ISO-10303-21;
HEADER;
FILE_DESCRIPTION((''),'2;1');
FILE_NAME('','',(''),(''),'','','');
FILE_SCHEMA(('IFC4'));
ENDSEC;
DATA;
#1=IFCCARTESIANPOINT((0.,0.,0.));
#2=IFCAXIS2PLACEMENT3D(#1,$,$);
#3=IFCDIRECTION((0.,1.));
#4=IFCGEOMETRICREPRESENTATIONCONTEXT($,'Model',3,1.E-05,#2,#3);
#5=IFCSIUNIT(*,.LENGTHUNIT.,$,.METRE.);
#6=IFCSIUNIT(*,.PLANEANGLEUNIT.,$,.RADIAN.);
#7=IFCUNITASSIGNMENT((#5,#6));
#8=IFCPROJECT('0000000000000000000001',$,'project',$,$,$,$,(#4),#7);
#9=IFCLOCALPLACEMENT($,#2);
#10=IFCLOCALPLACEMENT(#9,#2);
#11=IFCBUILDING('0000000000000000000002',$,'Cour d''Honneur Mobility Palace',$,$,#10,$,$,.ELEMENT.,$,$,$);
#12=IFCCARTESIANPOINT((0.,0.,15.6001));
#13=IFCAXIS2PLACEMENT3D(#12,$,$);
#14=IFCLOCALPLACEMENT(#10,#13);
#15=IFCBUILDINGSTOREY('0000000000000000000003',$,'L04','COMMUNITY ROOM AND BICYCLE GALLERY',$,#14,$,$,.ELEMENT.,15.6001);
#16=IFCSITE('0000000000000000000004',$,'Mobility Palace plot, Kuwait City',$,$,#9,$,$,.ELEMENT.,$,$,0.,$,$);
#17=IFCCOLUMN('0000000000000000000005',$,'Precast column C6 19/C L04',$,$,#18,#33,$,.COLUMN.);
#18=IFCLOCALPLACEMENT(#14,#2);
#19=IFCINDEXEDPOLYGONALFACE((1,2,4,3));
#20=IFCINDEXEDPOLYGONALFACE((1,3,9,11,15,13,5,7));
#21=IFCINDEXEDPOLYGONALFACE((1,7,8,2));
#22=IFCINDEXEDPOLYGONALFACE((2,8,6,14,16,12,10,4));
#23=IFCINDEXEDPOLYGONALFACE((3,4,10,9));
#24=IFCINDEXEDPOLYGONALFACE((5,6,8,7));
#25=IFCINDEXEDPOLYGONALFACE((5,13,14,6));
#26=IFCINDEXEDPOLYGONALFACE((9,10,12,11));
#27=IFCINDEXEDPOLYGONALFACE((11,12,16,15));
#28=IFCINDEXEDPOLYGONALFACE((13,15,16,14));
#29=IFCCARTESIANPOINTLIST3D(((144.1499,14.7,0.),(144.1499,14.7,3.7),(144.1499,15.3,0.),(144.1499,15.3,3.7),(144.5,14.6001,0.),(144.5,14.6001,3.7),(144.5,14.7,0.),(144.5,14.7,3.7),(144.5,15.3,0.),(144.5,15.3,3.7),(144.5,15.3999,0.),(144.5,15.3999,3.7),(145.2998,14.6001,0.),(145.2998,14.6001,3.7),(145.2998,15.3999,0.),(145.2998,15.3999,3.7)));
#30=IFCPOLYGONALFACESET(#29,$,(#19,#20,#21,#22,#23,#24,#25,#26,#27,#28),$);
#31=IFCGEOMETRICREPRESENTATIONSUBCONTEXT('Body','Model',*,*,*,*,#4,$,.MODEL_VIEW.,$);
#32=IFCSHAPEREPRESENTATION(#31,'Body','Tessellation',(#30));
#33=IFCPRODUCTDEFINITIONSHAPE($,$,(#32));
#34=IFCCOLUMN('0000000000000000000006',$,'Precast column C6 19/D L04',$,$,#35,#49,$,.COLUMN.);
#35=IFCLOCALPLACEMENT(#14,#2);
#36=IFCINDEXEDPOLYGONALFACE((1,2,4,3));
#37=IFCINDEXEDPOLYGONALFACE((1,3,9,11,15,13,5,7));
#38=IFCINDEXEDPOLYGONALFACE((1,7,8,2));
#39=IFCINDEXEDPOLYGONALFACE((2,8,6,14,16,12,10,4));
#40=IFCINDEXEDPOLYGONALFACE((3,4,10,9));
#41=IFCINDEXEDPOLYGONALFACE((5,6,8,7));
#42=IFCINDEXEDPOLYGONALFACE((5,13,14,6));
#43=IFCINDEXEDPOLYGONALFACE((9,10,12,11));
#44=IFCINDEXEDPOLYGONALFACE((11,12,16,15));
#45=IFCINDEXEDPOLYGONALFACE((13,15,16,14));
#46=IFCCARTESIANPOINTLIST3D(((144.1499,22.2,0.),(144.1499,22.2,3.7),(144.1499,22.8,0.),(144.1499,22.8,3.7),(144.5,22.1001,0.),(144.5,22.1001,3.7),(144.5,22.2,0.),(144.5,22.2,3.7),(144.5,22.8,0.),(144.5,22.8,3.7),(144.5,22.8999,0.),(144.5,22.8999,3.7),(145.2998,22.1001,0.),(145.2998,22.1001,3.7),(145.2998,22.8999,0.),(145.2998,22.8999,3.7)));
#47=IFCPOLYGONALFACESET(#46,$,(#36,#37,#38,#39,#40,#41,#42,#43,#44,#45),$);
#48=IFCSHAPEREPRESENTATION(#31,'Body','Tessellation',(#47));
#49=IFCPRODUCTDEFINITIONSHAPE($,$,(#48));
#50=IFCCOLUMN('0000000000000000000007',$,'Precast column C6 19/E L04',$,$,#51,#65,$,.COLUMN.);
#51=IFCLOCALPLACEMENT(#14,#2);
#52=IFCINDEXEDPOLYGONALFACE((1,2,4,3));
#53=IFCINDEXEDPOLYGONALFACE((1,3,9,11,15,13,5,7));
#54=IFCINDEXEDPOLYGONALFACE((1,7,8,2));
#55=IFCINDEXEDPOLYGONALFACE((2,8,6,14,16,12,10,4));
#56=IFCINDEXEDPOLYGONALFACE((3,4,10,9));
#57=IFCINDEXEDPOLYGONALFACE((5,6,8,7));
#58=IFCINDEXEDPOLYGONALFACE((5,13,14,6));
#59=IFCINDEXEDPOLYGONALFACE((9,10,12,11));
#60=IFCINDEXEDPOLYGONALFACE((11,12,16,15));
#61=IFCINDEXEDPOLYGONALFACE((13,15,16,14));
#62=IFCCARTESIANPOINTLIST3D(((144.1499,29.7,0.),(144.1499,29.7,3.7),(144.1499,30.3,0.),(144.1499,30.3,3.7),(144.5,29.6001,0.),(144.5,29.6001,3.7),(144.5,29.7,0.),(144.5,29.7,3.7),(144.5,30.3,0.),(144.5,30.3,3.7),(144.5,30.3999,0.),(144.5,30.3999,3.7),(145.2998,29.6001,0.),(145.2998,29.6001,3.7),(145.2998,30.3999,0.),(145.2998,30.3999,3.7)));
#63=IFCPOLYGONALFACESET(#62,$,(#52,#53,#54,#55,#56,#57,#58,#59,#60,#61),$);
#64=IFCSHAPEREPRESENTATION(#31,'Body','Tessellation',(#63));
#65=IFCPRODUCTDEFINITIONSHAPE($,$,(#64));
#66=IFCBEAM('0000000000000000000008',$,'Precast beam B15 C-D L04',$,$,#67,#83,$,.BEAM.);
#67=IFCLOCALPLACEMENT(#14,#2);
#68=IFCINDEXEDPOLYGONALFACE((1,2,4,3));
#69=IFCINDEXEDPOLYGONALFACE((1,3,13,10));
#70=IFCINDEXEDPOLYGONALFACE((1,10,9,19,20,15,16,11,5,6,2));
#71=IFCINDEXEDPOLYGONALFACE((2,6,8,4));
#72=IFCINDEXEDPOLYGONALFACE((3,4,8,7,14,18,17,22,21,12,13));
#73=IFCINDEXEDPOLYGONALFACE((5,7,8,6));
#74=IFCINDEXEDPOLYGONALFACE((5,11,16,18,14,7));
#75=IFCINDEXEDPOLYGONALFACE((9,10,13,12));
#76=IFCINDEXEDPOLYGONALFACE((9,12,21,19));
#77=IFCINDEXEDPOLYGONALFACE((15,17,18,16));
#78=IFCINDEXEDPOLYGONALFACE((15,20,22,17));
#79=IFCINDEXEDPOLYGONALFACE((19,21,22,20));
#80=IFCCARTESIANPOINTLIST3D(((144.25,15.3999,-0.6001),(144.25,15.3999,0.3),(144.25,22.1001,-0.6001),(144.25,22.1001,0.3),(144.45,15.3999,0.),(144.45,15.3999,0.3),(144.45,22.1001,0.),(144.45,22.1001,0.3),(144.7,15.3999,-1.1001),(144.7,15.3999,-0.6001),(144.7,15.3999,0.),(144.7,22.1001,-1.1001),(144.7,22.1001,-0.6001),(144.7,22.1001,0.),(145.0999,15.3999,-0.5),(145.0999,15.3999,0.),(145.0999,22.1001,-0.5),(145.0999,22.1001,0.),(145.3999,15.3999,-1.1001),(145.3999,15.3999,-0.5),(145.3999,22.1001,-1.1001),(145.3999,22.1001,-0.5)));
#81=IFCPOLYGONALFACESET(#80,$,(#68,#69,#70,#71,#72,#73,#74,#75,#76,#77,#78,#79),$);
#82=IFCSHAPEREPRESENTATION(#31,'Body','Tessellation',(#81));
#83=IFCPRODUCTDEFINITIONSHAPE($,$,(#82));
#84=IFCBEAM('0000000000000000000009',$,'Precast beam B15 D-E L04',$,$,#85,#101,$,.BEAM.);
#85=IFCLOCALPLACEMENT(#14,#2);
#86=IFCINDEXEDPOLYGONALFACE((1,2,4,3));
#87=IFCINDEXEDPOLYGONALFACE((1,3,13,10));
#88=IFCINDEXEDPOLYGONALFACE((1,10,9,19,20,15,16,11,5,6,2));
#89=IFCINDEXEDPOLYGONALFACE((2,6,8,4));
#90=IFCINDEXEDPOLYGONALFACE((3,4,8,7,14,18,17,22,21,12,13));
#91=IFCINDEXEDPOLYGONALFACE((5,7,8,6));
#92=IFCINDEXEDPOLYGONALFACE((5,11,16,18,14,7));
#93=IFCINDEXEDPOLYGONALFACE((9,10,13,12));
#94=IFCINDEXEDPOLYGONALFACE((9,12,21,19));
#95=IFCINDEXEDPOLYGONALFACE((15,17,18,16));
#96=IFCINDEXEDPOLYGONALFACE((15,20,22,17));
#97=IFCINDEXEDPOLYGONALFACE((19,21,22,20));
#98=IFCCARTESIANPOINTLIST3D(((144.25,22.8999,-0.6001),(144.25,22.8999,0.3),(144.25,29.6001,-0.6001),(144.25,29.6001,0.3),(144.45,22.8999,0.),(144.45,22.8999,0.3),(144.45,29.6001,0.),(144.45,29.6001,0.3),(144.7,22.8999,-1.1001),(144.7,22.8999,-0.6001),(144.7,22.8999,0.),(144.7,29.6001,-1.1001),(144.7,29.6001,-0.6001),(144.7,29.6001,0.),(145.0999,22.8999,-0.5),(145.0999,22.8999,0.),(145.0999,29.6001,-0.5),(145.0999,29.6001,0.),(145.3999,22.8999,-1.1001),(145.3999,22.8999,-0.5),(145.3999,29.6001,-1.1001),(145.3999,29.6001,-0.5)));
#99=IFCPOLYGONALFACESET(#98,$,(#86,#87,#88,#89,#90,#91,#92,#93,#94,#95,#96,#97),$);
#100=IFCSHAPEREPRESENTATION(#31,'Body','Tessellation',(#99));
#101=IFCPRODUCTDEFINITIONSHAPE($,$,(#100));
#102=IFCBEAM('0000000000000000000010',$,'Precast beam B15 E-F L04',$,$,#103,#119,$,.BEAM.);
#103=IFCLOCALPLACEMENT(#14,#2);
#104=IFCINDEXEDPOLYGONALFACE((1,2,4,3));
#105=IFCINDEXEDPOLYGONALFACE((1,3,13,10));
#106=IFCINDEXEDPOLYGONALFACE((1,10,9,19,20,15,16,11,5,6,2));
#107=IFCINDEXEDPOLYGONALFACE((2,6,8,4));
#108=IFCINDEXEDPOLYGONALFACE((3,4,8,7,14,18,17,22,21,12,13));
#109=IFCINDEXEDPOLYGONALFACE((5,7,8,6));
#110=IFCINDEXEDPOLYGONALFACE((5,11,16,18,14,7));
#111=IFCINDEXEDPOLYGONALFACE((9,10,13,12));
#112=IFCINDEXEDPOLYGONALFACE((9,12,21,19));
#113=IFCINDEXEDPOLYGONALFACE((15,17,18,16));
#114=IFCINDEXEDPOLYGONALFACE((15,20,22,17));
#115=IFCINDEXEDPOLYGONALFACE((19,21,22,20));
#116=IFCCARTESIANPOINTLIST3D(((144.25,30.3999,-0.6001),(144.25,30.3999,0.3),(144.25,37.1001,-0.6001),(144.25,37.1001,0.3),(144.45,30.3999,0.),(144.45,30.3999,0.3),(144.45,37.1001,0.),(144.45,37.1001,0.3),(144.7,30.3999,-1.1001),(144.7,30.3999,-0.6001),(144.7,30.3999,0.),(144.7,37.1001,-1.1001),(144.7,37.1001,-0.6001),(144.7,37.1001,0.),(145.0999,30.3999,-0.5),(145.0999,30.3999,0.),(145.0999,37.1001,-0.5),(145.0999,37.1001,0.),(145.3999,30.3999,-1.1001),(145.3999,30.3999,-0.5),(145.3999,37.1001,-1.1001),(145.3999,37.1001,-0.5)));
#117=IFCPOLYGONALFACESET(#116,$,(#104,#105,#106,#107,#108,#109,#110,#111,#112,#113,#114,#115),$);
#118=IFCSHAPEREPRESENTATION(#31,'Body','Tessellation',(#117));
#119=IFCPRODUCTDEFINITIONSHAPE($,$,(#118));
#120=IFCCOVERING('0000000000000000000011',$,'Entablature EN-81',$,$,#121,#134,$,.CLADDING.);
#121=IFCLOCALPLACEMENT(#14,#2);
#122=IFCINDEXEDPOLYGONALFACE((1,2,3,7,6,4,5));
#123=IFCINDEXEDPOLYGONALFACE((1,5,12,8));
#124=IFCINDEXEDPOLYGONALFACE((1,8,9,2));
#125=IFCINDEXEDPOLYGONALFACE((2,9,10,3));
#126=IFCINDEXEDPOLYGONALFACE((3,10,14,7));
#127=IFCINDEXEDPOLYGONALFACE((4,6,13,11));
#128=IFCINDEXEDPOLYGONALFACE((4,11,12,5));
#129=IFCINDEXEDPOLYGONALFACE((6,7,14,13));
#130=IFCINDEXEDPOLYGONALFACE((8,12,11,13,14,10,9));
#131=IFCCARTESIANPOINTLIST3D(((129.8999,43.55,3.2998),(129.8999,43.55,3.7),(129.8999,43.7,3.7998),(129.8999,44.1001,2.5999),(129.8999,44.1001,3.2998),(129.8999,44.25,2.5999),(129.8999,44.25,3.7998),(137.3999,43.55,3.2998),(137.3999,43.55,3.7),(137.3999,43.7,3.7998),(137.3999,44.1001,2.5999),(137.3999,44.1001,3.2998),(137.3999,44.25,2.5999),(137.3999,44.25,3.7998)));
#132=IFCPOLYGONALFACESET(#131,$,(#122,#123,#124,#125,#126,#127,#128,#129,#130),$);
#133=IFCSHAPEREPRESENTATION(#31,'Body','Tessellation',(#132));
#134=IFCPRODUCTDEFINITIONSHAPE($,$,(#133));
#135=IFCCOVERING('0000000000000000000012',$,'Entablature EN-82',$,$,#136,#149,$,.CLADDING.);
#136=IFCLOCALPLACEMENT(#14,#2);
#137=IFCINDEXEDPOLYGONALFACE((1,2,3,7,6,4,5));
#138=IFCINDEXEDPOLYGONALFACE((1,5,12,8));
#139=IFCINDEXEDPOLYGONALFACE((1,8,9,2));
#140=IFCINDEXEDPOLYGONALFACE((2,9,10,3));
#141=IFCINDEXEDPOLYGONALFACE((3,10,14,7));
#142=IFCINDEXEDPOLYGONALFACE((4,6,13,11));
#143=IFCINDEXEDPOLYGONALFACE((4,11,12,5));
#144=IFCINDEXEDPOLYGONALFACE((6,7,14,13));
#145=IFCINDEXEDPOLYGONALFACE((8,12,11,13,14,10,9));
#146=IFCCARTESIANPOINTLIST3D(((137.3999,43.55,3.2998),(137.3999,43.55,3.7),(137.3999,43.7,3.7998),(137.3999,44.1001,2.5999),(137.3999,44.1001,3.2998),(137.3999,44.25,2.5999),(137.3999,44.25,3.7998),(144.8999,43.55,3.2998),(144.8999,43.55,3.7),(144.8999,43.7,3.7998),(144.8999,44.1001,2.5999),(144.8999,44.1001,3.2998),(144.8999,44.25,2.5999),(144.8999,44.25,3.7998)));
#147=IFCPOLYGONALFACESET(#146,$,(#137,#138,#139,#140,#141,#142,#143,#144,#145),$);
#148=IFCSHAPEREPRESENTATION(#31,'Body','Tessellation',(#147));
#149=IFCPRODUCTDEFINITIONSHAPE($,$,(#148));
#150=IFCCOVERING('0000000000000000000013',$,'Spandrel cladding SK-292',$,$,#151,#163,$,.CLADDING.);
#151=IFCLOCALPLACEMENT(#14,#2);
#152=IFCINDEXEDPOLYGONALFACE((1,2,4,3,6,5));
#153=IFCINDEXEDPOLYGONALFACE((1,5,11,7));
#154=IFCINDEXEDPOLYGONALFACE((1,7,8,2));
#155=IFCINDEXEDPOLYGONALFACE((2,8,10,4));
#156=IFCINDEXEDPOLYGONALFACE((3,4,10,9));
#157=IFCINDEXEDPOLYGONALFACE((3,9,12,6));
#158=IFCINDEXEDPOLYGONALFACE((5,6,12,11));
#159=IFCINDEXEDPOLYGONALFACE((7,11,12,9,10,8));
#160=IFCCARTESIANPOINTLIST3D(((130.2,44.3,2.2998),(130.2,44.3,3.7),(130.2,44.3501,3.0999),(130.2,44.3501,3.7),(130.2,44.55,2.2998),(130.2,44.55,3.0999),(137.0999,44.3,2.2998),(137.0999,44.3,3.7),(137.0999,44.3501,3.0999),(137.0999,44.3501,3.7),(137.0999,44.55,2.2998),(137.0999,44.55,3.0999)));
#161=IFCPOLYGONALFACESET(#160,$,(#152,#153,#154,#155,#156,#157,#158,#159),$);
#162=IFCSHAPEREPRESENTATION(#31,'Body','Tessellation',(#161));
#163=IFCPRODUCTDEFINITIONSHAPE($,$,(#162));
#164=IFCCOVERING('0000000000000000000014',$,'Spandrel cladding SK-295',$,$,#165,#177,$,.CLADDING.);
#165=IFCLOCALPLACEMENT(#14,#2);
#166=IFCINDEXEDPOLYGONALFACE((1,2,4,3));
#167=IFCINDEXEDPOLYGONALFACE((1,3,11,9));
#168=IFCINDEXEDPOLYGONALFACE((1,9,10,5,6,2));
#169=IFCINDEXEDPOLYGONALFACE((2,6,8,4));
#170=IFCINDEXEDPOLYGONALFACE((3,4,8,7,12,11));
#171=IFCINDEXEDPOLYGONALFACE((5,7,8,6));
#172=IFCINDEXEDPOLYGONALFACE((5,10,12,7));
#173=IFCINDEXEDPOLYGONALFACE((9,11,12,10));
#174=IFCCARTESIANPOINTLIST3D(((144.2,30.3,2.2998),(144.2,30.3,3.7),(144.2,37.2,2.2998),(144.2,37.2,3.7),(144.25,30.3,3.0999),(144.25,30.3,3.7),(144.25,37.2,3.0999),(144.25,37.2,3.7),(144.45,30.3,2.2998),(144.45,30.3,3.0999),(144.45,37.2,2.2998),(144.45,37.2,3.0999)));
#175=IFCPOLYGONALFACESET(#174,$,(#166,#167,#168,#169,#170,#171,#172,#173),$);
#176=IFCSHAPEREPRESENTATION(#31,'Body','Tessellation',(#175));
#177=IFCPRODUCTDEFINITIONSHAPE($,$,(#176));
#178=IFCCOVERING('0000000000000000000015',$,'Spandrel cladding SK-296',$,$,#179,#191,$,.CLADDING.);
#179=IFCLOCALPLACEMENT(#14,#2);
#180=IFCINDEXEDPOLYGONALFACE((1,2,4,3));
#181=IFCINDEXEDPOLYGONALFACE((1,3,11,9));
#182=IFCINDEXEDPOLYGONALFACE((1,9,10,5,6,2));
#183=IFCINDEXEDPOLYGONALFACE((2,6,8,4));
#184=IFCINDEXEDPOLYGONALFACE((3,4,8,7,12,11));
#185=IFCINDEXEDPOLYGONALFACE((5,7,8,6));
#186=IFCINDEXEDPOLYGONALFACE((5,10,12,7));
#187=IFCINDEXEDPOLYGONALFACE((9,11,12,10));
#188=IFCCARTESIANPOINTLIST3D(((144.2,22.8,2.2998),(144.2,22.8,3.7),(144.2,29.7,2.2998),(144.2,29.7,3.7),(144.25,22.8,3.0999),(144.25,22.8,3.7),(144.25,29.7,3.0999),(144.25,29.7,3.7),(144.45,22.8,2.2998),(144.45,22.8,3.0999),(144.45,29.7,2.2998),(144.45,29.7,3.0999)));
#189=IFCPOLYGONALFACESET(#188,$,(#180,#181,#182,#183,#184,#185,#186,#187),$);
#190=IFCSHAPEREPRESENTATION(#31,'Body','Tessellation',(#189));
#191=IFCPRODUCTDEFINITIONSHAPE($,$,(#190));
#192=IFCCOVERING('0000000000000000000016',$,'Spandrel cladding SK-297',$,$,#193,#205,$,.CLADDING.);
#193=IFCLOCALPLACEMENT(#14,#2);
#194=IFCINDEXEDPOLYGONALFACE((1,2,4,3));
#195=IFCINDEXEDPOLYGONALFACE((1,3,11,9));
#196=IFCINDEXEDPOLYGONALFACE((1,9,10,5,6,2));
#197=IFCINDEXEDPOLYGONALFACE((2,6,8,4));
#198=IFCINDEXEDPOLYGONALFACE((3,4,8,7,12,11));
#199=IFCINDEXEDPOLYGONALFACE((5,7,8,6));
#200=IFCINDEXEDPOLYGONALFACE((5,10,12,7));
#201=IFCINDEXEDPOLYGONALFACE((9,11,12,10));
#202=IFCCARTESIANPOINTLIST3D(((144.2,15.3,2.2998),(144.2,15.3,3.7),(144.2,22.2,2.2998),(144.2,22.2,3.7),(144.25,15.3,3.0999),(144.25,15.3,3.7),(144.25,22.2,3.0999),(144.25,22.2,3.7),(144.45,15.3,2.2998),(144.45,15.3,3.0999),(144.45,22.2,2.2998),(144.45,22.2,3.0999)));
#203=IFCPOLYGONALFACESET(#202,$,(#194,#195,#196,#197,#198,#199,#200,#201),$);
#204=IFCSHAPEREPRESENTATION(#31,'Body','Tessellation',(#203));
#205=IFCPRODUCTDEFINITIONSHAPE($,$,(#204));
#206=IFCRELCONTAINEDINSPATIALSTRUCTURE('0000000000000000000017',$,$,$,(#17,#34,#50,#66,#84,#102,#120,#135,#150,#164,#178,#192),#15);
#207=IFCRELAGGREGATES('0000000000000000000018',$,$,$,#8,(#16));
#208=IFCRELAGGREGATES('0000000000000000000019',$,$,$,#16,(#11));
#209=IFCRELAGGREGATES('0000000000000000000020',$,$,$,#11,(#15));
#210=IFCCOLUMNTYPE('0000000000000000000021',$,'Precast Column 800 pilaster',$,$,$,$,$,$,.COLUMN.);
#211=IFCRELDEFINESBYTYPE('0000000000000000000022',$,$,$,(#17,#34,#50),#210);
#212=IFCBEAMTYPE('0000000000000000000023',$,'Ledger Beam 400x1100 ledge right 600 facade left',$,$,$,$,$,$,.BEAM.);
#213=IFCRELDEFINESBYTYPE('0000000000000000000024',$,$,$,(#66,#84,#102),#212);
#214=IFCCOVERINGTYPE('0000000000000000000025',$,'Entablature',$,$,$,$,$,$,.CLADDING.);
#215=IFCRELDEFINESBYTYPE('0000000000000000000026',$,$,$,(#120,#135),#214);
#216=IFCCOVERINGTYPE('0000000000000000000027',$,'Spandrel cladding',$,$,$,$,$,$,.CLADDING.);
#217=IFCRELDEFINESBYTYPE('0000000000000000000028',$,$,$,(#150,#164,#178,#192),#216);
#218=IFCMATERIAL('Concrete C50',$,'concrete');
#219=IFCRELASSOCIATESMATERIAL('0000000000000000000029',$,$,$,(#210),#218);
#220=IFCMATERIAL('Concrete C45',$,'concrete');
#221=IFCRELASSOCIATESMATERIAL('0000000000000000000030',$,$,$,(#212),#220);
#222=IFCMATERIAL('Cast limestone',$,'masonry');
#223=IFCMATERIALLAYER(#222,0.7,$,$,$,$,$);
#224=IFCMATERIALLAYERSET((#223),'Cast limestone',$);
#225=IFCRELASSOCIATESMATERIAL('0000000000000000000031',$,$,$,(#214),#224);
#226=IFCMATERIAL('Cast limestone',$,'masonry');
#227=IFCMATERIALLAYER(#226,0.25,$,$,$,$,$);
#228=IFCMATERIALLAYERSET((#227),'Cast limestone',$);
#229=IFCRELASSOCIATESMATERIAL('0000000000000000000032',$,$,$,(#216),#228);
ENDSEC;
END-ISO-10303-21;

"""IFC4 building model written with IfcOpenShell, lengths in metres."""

from ifc_helpers import new_model, si_unit, direction, frame, origin, place, context, subcontext, project, spatial, polyline, outline, extrude, material, layer, layer_set, material_profile, profile_set, type_object, element, save


model = new_model("IFC4")

# Units and contexts
model_context = context("Model", 3, precision=1e-05, world=origin(), true_north=direction((0.0, 1.0)))
body_context = subcontext(model_context, "Body", "Model", "MODEL_VIEW")
ifc_project = project(units=[si_unit("LENGTHUNIT", "METRE"), si_unit("PLANEANGLEUNIT", "RADIAN")], contexts=[model_context])

# Site, building, storey
site_placement = place(None, origin())
site = spatial("IfcSite", under=ifc_project, at=site_placement, Name="Mobility Palace plot, Kuwait City", CompositionType="ELEMENT", RefElevation=0.0)
building_placement = place(site_placement, origin())
building = spatial("IfcBuilding", under=site, at=building_placement, Name="Cour d'Honneur Mobility Palace", CompositionType="ELEMENT")
storey_placement = place(building_placement, frame((0.0, 0.0, 15.6001)))
storey = spatial("IfcBuildingStorey", under=building, at=storey_placement, Name="L04", Description="COMMUNITY ROOM AND BICYCLE GALLERY", CompositionType="ELEMENT", Elevation=15.6001)

# Columns
ifc_material_1 = material(Name="Concrete C50", Category="concrete")
ifc_material_profile_1 = material_profile(ifc_material_1, outline(polyline([(-0.3999, -0.3999), (0.3999, -0.3999), (0.3999, -0.3), (0.75, -0.3), (0.75, 0.3), (0.3999, 0.3), (0.3999, 0.3999), (-0.3999, 0.3999), (-0.3999, -0.3999)])), Name="PC C800 pilaster")
ifc_profile_set_1 = profile_set([ifc_material_profile_1], Name="Concrete C50")
column_type = type_object("IfcColumnType", Name="Precast Column 800 pilaster", PredefinedType="COLUMN", material=ifc_profile_set_1)
for number, where, z_axis, x_axis, name in (
    (1, (144.8999, 15.0, 0.0), (0.0, 0.0, 1.0), (-1.0, 0.0, 0.0), "Precast column C6 19/C L04"),
    (2, (144.8999, 22.5, 0.0), (0.0, 0.0, 1.0), (-1.0, 0.0, 0.0), "Precast column C6 19/D L04"),
    (3, (144.8999, 30.0, 0.0), (0.0, 0.0, 1.0), (-1.0, 0.0, 0.0), "Precast column C6 19/E L04"),
):
    element("IfcColumn", number, at=place(storey_placement, frame(where, z_axis=z_axis, x_axis=x_axis)), inside=storey, type_object=column_type, Name=name, PredefinedType="COLUMN", context=body_context, shape_type="SweptSolid", body=[
        extrude(outline(polyline([(-0.3999, -0.3999), (0.3999, -0.3999), (0.3999, -0.3), (0.75, -0.3), (0.75, 0.3), (0.3999, 0.3), (0.3999, 0.3999), (-0.3999, 0.3999), (-0.3999, -0.3999)])), origin(), (0.0, 0.0, 1.0), 3.7),
    ])

# Beams
ifc_material_2 = material(Name="Concrete C45", Category="concrete")
ifc_material_profile_2 = material_profile(ifc_material_2, outline(polyline([(0.2, -1.1001), (0.2, -0.6001), (0.6499, -0.6001), (0.6499, 0.3), (0.45, 0.3), (0.45, 0.0), (0.2, 0.0), (-0.2, 0.0), (-0.2, -0.5), (-0.5, -0.5), (-0.5, -1.1001), (0.2, -1.1001)])), Name="Ledger Beam 400x1100 ledge right 600 facade left")
ifc_profile_set_2 = profile_set([ifc_material_profile_2], Name="Concrete C45")
beam_type = type_object("IfcBeamType", Name="Ledger Beam 400x1100 ledge right 600 facade left", PredefinedType="BEAM", material=ifc_profile_set_2)
for number, where, z_axis, x_axis, name in (
    (4, (144.8999, 15.3999, 0.0), (0.0, 1.0, 0.0), (-1.0, 0.0, 0.0), "Precast beam B15 C-D L04"),
    (5, (144.8999, 22.8999, 0.0), (0.0, 1.0, 0.0), (-1.0, 0.0, 0.0), "Precast beam B15 D-E L04"),
    (6, (144.8999, 30.3999, 0.0), (0.0, 1.0, 0.0), (-1.0, 0.0, 0.0), "Precast beam B15 E-F L04"),
):
    element("IfcBeam", number, at=place(storey_placement, frame(where, z_axis=z_axis, x_axis=x_axis)), inside=storey, type_object=beam_type, Name=name, PredefinedType="BEAM", context=body_context, shape_type="SweptSolid", body=[
        extrude(outline(polyline([(0.2, -1.1001), (0.2, -0.6001), (0.6499, -0.6001), (0.6499, 0.3), (0.45, 0.3), (0.45, 0.0), (0.2, 0.0), (-0.2, 0.0), (-0.2, -0.5), (-0.5, -0.5), (-0.5, -1.1001), (0.2, -1.1001)])), origin(), (0.0, 0.0, 1.0), 6.7002),
    ])

# Coverings
ifc_material_3 = material(Name="Cast limestone", Category="masonry")
ifc_layer_1 = layer(ifc_material_3, 0.7)
ifc_layer_set_1 = layer_set([ifc_layer_1], Name="Cast limestone")
covering_type_1 = type_object("IfcCoveringType", Name="Entablature", PredefinedType="CLADDING", material=ifc_layer_set_1)
for number, where, z_axis, x_axis, name in (
    (7, (129.8999, 44.25, 2.5999), (-1.0, 0.0, 0.0), (0.0, -1.0, 0.0), "Entablature EN-81"),
    (8, (137.3999, 44.25, 2.5999), (-1.0, 0.0, 0.0), (0.0, -1.0, 0.0), "Entablature EN-82"),
):
    element("IfcCovering", number, at=place(storey_placement, frame(where, z_axis=z_axis, x_axis=x_axis)), inside=storey, type_object=covering_type_1, Name=name, PredefinedType="CLADDING", context=body_context, shape_type="SweptSolid", body=[
        extrude(outline(polyline([(0.0, 0.0), (0.1499, 0.0), (0.1499, 0.7), (0.7, 0.7), (0.7, 1.1001), (0.55, 1.2), (0.0, 1.2), (0.0, 0.0)])), origin(), (0.0, 0.0, -1.0), 7.5),
    ])
ifc_material_4 = material(Name="Cast limestone", Category="masonry")
ifc_layer_2 = layer(ifc_material_4, 0.25)
ifc_layer_set_2 = layer_set([ifc_layer_2], Name="Cast limestone")
covering_type_2 = type_object("IfcCoveringType", Name="Spandrel cladding", PredefinedType="CLADDING", material=ifc_layer_set_2)
for number, where, z_axis, x_axis, name in (
    (9, (130.2, 44.55, 2.2998), (-1.0, 0.0, 0.0), (0.0, -1.0, 0.0), "Spandrel cladding SK-292"),
    (10, (144.45, 37.2, 2.2998), (0.0, 1.0, 0.0), (-1.0, 0.0, 0.0), "Spandrel cladding SK-295"),
    (11, (144.45, 29.7, 2.2998), (0.0, 1.0, 0.0), (-1.0, 0.0, 0.0), "Spandrel cladding SK-296"),
    (12, (144.45, 22.2, 2.2998), (0.0, 1.0, 0.0), (-1.0, 0.0, 0.0), "Spandrel cladding SK-297"),
):
    element("IfcCovering", number, at=place(storey_placement, frame(where, z_axis=z_axis, x_axis=x_axis)), inside=storey, type_object=covering_type_2, Name=name, PredefinedType="CLADDING", context=body_context, shape_type="SweptSolid", body=[
        extrude(outline(polyline([(0.0, 0.0), (0.25, 0.0), (0.25, 1.4001), (0.2, 1.4001), (0.2, 0.8), (0.0, 0.8), (0.0, 0.0)])), origin(), (0.0, 0.0, -1.0), 6.8999),
    ])

save(model, "model.ifc")
